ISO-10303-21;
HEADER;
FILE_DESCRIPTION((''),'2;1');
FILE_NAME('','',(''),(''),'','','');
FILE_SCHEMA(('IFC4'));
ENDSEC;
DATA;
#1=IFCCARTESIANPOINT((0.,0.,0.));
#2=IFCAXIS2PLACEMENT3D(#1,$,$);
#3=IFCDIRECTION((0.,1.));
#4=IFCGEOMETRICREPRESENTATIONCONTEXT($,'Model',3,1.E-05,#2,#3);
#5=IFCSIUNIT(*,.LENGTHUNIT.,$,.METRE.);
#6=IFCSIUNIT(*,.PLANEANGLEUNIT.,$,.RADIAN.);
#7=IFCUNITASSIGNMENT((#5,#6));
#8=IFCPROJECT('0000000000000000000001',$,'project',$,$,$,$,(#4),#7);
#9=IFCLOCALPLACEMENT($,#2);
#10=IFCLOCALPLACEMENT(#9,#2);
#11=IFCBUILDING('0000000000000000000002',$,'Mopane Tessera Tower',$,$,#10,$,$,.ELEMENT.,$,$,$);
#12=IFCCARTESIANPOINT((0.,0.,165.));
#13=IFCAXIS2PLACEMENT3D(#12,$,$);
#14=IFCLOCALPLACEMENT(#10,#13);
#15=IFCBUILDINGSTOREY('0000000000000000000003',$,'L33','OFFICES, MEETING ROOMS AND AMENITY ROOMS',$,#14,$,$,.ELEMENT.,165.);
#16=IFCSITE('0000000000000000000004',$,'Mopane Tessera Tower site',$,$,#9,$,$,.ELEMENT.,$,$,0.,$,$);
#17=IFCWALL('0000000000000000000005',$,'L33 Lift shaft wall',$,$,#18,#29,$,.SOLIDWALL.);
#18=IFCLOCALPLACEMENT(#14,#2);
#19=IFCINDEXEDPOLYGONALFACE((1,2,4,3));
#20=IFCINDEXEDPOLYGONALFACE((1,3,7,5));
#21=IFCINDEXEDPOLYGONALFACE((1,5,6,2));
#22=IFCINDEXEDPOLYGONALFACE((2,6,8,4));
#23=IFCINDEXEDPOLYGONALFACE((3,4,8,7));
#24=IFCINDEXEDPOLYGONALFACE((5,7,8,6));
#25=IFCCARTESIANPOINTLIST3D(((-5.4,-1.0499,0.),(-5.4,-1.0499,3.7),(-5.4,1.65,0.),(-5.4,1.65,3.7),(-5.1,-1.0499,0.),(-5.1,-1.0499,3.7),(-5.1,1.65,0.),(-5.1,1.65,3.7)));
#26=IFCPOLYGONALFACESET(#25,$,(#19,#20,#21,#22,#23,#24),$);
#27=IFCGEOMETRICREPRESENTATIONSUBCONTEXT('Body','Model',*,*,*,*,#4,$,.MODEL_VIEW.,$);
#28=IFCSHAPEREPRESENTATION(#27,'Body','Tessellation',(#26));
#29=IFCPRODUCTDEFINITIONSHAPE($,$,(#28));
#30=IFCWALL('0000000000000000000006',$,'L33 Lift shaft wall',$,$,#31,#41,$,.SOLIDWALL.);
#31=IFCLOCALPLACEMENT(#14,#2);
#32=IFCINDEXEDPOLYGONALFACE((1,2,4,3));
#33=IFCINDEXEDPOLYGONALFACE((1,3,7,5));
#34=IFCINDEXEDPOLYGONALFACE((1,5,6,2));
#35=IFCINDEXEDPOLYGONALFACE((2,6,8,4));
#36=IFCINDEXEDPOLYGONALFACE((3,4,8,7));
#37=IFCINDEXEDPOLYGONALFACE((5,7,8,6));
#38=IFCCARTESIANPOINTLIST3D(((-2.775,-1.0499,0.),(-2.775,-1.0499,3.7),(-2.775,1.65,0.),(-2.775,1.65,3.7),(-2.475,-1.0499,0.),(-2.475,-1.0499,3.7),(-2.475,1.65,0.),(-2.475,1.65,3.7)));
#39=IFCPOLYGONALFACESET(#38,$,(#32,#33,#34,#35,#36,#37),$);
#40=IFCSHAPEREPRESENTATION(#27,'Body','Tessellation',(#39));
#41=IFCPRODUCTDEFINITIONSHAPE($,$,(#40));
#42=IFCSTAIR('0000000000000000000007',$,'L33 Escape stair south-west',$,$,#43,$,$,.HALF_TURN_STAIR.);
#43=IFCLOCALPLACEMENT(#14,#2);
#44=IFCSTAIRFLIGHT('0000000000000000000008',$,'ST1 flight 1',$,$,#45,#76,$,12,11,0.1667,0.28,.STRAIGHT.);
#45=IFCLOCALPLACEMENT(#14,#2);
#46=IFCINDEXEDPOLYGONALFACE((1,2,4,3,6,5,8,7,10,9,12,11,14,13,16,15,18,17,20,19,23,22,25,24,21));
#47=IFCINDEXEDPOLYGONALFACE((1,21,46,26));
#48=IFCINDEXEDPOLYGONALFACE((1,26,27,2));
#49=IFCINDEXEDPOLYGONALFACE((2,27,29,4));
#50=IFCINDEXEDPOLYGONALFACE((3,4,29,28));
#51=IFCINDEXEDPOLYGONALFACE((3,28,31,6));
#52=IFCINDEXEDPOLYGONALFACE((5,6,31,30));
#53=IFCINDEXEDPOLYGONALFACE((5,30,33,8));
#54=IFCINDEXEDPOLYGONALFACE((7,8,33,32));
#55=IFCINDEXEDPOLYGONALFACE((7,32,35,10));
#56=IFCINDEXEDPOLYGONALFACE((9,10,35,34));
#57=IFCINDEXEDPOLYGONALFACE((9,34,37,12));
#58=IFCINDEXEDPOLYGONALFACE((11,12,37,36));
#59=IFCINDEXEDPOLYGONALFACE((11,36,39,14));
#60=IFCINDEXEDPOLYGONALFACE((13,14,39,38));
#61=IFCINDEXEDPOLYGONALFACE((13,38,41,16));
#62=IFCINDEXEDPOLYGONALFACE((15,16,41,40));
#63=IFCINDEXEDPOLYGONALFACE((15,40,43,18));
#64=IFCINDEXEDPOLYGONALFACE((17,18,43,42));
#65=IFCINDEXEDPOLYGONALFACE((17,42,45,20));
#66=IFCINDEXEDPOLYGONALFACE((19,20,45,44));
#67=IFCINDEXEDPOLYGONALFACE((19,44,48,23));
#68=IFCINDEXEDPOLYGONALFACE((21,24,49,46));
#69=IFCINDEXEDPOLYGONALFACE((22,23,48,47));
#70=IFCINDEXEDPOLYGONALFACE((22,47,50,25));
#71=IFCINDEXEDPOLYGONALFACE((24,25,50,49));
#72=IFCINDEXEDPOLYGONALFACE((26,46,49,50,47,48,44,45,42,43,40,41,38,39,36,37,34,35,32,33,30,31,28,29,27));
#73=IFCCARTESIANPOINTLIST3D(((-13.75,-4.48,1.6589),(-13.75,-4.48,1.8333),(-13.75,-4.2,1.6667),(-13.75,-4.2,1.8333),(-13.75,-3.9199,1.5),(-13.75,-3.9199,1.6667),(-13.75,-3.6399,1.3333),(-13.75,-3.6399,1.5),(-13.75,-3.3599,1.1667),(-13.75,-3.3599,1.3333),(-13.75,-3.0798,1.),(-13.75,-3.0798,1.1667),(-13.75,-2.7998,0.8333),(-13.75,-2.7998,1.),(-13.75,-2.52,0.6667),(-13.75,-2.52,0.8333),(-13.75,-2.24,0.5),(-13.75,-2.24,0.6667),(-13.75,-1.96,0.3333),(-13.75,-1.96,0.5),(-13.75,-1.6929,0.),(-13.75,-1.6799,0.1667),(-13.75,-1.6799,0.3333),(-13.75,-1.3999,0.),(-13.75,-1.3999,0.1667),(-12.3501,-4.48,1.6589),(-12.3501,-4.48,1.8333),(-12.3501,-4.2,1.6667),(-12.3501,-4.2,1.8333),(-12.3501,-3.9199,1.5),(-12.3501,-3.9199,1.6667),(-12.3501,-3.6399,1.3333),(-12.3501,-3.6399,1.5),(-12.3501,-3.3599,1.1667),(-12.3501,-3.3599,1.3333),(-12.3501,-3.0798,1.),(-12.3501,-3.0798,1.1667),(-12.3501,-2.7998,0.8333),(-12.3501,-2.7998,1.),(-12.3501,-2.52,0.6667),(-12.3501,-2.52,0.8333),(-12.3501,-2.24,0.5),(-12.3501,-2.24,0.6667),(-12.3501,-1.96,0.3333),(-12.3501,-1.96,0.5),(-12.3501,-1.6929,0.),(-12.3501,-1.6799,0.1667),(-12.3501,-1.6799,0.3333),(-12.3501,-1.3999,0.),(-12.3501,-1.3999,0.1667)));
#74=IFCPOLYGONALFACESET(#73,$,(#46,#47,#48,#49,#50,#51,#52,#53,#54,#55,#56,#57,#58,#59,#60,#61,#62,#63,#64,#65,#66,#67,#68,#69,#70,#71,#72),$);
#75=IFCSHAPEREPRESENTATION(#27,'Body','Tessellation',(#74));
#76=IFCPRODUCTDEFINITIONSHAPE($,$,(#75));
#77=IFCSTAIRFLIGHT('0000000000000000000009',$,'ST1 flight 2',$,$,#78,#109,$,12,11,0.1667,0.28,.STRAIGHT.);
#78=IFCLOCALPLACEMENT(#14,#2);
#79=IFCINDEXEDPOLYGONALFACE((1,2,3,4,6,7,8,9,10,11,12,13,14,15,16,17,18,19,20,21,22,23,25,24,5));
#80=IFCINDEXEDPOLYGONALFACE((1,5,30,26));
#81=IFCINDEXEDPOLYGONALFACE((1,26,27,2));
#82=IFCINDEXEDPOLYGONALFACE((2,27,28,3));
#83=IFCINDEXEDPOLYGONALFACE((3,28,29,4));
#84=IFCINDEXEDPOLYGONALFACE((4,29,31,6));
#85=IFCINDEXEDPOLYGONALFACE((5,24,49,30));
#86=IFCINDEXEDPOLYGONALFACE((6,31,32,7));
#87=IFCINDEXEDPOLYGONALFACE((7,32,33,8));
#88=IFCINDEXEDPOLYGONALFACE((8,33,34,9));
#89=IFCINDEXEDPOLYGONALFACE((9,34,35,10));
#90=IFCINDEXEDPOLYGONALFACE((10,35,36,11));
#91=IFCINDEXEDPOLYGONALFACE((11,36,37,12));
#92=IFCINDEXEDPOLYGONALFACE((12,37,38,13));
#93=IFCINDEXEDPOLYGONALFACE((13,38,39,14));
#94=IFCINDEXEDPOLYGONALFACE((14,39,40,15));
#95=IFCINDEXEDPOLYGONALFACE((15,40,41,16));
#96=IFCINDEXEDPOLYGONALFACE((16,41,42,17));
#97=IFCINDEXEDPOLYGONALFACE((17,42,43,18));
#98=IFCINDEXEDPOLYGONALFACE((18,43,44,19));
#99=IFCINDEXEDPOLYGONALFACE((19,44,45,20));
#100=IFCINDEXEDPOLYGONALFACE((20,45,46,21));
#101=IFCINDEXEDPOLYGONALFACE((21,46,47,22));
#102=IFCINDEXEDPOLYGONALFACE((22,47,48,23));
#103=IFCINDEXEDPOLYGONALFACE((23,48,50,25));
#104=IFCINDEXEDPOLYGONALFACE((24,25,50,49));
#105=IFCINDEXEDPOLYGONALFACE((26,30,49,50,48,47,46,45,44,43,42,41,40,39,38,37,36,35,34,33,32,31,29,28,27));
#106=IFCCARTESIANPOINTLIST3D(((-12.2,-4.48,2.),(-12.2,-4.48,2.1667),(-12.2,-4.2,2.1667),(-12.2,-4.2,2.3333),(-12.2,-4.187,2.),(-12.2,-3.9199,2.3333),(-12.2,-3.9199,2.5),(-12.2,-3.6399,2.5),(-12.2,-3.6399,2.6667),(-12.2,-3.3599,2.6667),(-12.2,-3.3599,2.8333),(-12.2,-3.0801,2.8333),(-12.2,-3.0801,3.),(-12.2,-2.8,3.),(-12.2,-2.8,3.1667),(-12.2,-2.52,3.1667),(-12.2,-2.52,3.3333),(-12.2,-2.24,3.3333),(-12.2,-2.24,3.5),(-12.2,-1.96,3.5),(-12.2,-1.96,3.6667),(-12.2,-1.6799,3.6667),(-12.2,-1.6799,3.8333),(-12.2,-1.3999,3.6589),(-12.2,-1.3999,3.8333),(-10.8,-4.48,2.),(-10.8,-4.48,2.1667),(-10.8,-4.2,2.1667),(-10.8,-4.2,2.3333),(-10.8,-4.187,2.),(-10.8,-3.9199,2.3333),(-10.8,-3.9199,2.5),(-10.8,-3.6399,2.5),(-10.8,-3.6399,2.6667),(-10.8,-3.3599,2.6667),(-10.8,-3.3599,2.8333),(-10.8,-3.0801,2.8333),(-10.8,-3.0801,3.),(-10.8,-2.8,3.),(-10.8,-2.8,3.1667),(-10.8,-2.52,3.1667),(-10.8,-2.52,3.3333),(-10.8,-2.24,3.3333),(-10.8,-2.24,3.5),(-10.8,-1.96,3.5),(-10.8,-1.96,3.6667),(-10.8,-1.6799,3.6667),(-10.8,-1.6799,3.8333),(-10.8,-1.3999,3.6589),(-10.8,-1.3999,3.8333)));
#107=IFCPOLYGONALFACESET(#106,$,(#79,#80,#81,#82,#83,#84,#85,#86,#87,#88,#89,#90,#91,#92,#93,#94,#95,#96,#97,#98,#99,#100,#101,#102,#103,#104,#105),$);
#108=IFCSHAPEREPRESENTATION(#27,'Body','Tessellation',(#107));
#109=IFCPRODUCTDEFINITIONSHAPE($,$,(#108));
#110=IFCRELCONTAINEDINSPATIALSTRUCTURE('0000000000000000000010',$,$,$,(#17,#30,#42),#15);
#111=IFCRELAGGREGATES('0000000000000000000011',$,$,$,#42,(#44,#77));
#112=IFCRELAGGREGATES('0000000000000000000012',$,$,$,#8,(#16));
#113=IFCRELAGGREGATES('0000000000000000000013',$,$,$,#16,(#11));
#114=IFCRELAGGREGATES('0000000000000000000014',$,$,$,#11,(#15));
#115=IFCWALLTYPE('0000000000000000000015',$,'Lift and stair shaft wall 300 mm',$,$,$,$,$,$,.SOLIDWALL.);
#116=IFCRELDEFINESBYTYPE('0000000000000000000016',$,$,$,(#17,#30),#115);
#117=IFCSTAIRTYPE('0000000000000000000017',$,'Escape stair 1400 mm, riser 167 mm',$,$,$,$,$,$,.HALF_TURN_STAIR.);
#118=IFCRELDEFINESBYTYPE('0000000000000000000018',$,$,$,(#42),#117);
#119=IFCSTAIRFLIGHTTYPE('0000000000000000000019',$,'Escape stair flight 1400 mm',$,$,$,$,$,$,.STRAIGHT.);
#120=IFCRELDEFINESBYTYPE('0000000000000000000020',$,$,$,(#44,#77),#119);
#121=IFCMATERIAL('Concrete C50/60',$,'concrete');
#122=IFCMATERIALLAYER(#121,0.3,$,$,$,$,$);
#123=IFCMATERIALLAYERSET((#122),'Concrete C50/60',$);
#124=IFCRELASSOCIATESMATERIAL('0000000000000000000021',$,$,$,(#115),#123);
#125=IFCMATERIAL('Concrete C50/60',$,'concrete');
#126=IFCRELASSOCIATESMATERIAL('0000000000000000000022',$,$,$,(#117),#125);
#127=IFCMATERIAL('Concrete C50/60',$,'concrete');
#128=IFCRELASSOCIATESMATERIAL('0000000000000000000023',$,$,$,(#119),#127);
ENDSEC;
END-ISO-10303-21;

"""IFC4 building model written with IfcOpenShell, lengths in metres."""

from ifc_helpers import new_model, si_unit, direction, frame, frame_2d, origin, place, context, subcontext, project, spatial, polyline, rectangle, outline, extrude, material, layer, layer_set, type_object, element, aggregate, save


model = new_model("IFC4")

# Units and contexts
model_context = context("Model", 3, precision=1e-05, world=origin(), true_north=direction((0.0, 1.0)))
body_context = subcontext(model_context, "Body", "Model", "MODEL_VIEW")
ifc_project = project(units=[si_unit("LENGTHUNIT", "METRE"), si_unit("PLANEANGLEUNIT", "RADIAN")], contexts=[model_context])

# Site, building, storey
site_placement = place(None, origin())
site = spatial("IfcSite", under=ifc_project, at=site_placement, Name="Mopane Tessera Tower site", CompositionType="ELEMENT", RefElevation=0.0)
building_placement = place(site_placement, origin())
building = spatial("IfcBuilding", under=site, at=building_placement, Name="Mopane Tessera Tower", CompositionType="ELEMENT")
storey_placement = place(building_placement, frame((0.0, 0.0, 165.0)))
storey = spatial("IfcBuildingStorey", under=building, at=storey_placement, Name="L33", Description="OFFICES, MEETING ROOMS AND AMENITY ROOMS", CompositionType="ELEMENT", Elevation=165.0)

# Walls
ifc_material_1 = material(Name="Concrete C50/60", Category="concrete")
ifc_layer_1 = layer(ifc_material_1, 0.3)
ifc_layer_set_1 = layer_set([ifc_layer_1], Name="Concrete C50/60")
wall_type_1 = type_object("IfcWallType", Name="Lift and stair shaft wall 300 mm", PredefinedType="SOLIDWALL", material=ifc_layer_set_1)
for number, where, z_axis, x_axis, name in (
    (1, (-5.25, -1.05, 0.0), (0.0, 0.0, 1.0), (0.0, 1.0, 0.0), "L33 Lift shaft wall"),
    (2, (-2.625, -1.05, 0.0), (0.0, 0.0, 1.0), (0.0, 1.0, 0.0), "L33 Lift shaft wall"),
):
    element("IfcWall", number, at=place(storey_placement, frame(where, z_axis=z_axis, x_axis=x_axis)), inside=storey, type_object=wall_type_1, Name=name, PredefinedType="SOLIDWALL", context=body_context, shape_type="SweptSolid", body=[
        extrude(rectangle(XDim=2.7, YDim=0.3, at=frame_2d((1.3501, 0.0))), origin(), (0.0, 0.0, 1.0), 3.7),
    ])

# Stair, stair flights
ifc_material_2 = material(Name="Concrete C50/60", Category="concrete")
stair_type = type_object("IfcStairType", Name="Escape stair 1400 mm, riser 167 mm", PredefinedType="HALF_TURN_STAIR", material=ifc_material_2)
stair_placement = place(storey_placement, origin())
stair = element("IfcStair", 3, at=stair_placement, inside=storey, type_object=stair_type, Name="L33 Escape stair south-west", PredefinedType="HALF_TURN_STAIR")
ifc_material_3 = material(Name="Concrete C50/60", Category="concrete")
stair_flight_type = type_object("IfcStairFlightType", Name="Escape stair flight 1400 mm", PredefinedType="STRAIGHT", material=ifc_material_3)
stair_flight_1_placement = place(storey_placement, frame((-13.05, -1.3999, 0.0), z_axis=(0.0, 0.0, 1.0), x_axis=(0.0, -1.0, 0.0)))
stair_flight_1 = element("IfcStairFlight", 4, at=stair_flight_1_placement, type_object=stair_flight_type, Name="ST1 flight 1", NumberOfRisers=12, NumberOfTreads=11, PredefinedType="STRAIGHT", RiserHeight=0.1667, TreadLength=0.28, context=body_context, shape_type="SweptSolid", body=[
    extrude(outline(polyline([(0.0, 0.0), (0.0, 0.1667), (0.28, 0.1667), (0.28, 0.3333), (0.5601, 0.3333), (0.5601, 0.5), (0.8401, 0.5), (0.8401, 0.6667), (1.1201, 0.6667), (1.1201, 0.8333), (1.3999, 0.8333), (1.3999, 1.0), (1.6799, 1.0), (1.6799, 1.1667), (1.96, 1.1667), (1.96, 1.3333), (2.24, 1.3333), (2.24, 1.5), (2.52, 1.5), (2.52, 1.6667), (2.8, 1.6667), (2.8, 1.8333), (3.0801, 1.8333), (3.0801, 2.0), (3.0801, 1.6589), (0.293, 0.0), (0.0, 0.0)])), frame((0.0, 0.7, 0.0), z_axis=(0.0, -1.0, 0.0), x_axis=(1.0, 0.0, 0.0)), (0.0, 0.0, 1.0), 1.3999),
])
stair_flight_2_placement = place(storey_placement, frame((-11.5, -4.48, 2.0), z_axis=(0.0, 0.0, 1.0), x_axis=(0.0, 1.0, 0.0)))
stair_flight_2 = element("IfcStairFlight", 5, at=stair_flight_2_placement, type_object=stair_flight_type, Name="ST1 flight 2", NumberOfRisers=12, NumberOfTreads=11, PredefinedType="STRAIGHT", RiserHeight=0.1667, TreadLength=0.28, context=body_context, shape_type="SweptSolid", body=[
    extrude(outline(polyline([(0.0, 0.0), (0.0, 0.1667), (0.28, 0.1667), (0.28, 0.3333), (0.5601, 0.3333), (0.5601, 0.5), (0.8401, 0.5), (0.8401, 0.6667), (1.1201, 0.6667), (1.1201, 0.8333), (1.3999, 0.8333), (1.3999, 1.0), (1.6799, 1.0), (1.6799, 1.1667), (1.96, 1.1667), (1.96, 1.3333), (2.24, 1.3333), (2.24, 1.5), (2.52, 1.5), (2.52, 1.6667), (2.8, 1.6667), (2.8, 1.8333), (3.0801, 1.8333), (3.0801, 2.0), (3.0801, 1.6589), (0.293, 0.0), (0.0, 0.0)])), frame((0.0, 0.7, 0.0), z_axis=(0.0, -1.0, 0.0), x_axis=(1.0, 0.0, 0.0)), (0.0, 0.0, 1.0), 1.3999),
])
aggregate(stair, [stair_flight_1, stair_flight_2])

save(model, "model.ifc")
